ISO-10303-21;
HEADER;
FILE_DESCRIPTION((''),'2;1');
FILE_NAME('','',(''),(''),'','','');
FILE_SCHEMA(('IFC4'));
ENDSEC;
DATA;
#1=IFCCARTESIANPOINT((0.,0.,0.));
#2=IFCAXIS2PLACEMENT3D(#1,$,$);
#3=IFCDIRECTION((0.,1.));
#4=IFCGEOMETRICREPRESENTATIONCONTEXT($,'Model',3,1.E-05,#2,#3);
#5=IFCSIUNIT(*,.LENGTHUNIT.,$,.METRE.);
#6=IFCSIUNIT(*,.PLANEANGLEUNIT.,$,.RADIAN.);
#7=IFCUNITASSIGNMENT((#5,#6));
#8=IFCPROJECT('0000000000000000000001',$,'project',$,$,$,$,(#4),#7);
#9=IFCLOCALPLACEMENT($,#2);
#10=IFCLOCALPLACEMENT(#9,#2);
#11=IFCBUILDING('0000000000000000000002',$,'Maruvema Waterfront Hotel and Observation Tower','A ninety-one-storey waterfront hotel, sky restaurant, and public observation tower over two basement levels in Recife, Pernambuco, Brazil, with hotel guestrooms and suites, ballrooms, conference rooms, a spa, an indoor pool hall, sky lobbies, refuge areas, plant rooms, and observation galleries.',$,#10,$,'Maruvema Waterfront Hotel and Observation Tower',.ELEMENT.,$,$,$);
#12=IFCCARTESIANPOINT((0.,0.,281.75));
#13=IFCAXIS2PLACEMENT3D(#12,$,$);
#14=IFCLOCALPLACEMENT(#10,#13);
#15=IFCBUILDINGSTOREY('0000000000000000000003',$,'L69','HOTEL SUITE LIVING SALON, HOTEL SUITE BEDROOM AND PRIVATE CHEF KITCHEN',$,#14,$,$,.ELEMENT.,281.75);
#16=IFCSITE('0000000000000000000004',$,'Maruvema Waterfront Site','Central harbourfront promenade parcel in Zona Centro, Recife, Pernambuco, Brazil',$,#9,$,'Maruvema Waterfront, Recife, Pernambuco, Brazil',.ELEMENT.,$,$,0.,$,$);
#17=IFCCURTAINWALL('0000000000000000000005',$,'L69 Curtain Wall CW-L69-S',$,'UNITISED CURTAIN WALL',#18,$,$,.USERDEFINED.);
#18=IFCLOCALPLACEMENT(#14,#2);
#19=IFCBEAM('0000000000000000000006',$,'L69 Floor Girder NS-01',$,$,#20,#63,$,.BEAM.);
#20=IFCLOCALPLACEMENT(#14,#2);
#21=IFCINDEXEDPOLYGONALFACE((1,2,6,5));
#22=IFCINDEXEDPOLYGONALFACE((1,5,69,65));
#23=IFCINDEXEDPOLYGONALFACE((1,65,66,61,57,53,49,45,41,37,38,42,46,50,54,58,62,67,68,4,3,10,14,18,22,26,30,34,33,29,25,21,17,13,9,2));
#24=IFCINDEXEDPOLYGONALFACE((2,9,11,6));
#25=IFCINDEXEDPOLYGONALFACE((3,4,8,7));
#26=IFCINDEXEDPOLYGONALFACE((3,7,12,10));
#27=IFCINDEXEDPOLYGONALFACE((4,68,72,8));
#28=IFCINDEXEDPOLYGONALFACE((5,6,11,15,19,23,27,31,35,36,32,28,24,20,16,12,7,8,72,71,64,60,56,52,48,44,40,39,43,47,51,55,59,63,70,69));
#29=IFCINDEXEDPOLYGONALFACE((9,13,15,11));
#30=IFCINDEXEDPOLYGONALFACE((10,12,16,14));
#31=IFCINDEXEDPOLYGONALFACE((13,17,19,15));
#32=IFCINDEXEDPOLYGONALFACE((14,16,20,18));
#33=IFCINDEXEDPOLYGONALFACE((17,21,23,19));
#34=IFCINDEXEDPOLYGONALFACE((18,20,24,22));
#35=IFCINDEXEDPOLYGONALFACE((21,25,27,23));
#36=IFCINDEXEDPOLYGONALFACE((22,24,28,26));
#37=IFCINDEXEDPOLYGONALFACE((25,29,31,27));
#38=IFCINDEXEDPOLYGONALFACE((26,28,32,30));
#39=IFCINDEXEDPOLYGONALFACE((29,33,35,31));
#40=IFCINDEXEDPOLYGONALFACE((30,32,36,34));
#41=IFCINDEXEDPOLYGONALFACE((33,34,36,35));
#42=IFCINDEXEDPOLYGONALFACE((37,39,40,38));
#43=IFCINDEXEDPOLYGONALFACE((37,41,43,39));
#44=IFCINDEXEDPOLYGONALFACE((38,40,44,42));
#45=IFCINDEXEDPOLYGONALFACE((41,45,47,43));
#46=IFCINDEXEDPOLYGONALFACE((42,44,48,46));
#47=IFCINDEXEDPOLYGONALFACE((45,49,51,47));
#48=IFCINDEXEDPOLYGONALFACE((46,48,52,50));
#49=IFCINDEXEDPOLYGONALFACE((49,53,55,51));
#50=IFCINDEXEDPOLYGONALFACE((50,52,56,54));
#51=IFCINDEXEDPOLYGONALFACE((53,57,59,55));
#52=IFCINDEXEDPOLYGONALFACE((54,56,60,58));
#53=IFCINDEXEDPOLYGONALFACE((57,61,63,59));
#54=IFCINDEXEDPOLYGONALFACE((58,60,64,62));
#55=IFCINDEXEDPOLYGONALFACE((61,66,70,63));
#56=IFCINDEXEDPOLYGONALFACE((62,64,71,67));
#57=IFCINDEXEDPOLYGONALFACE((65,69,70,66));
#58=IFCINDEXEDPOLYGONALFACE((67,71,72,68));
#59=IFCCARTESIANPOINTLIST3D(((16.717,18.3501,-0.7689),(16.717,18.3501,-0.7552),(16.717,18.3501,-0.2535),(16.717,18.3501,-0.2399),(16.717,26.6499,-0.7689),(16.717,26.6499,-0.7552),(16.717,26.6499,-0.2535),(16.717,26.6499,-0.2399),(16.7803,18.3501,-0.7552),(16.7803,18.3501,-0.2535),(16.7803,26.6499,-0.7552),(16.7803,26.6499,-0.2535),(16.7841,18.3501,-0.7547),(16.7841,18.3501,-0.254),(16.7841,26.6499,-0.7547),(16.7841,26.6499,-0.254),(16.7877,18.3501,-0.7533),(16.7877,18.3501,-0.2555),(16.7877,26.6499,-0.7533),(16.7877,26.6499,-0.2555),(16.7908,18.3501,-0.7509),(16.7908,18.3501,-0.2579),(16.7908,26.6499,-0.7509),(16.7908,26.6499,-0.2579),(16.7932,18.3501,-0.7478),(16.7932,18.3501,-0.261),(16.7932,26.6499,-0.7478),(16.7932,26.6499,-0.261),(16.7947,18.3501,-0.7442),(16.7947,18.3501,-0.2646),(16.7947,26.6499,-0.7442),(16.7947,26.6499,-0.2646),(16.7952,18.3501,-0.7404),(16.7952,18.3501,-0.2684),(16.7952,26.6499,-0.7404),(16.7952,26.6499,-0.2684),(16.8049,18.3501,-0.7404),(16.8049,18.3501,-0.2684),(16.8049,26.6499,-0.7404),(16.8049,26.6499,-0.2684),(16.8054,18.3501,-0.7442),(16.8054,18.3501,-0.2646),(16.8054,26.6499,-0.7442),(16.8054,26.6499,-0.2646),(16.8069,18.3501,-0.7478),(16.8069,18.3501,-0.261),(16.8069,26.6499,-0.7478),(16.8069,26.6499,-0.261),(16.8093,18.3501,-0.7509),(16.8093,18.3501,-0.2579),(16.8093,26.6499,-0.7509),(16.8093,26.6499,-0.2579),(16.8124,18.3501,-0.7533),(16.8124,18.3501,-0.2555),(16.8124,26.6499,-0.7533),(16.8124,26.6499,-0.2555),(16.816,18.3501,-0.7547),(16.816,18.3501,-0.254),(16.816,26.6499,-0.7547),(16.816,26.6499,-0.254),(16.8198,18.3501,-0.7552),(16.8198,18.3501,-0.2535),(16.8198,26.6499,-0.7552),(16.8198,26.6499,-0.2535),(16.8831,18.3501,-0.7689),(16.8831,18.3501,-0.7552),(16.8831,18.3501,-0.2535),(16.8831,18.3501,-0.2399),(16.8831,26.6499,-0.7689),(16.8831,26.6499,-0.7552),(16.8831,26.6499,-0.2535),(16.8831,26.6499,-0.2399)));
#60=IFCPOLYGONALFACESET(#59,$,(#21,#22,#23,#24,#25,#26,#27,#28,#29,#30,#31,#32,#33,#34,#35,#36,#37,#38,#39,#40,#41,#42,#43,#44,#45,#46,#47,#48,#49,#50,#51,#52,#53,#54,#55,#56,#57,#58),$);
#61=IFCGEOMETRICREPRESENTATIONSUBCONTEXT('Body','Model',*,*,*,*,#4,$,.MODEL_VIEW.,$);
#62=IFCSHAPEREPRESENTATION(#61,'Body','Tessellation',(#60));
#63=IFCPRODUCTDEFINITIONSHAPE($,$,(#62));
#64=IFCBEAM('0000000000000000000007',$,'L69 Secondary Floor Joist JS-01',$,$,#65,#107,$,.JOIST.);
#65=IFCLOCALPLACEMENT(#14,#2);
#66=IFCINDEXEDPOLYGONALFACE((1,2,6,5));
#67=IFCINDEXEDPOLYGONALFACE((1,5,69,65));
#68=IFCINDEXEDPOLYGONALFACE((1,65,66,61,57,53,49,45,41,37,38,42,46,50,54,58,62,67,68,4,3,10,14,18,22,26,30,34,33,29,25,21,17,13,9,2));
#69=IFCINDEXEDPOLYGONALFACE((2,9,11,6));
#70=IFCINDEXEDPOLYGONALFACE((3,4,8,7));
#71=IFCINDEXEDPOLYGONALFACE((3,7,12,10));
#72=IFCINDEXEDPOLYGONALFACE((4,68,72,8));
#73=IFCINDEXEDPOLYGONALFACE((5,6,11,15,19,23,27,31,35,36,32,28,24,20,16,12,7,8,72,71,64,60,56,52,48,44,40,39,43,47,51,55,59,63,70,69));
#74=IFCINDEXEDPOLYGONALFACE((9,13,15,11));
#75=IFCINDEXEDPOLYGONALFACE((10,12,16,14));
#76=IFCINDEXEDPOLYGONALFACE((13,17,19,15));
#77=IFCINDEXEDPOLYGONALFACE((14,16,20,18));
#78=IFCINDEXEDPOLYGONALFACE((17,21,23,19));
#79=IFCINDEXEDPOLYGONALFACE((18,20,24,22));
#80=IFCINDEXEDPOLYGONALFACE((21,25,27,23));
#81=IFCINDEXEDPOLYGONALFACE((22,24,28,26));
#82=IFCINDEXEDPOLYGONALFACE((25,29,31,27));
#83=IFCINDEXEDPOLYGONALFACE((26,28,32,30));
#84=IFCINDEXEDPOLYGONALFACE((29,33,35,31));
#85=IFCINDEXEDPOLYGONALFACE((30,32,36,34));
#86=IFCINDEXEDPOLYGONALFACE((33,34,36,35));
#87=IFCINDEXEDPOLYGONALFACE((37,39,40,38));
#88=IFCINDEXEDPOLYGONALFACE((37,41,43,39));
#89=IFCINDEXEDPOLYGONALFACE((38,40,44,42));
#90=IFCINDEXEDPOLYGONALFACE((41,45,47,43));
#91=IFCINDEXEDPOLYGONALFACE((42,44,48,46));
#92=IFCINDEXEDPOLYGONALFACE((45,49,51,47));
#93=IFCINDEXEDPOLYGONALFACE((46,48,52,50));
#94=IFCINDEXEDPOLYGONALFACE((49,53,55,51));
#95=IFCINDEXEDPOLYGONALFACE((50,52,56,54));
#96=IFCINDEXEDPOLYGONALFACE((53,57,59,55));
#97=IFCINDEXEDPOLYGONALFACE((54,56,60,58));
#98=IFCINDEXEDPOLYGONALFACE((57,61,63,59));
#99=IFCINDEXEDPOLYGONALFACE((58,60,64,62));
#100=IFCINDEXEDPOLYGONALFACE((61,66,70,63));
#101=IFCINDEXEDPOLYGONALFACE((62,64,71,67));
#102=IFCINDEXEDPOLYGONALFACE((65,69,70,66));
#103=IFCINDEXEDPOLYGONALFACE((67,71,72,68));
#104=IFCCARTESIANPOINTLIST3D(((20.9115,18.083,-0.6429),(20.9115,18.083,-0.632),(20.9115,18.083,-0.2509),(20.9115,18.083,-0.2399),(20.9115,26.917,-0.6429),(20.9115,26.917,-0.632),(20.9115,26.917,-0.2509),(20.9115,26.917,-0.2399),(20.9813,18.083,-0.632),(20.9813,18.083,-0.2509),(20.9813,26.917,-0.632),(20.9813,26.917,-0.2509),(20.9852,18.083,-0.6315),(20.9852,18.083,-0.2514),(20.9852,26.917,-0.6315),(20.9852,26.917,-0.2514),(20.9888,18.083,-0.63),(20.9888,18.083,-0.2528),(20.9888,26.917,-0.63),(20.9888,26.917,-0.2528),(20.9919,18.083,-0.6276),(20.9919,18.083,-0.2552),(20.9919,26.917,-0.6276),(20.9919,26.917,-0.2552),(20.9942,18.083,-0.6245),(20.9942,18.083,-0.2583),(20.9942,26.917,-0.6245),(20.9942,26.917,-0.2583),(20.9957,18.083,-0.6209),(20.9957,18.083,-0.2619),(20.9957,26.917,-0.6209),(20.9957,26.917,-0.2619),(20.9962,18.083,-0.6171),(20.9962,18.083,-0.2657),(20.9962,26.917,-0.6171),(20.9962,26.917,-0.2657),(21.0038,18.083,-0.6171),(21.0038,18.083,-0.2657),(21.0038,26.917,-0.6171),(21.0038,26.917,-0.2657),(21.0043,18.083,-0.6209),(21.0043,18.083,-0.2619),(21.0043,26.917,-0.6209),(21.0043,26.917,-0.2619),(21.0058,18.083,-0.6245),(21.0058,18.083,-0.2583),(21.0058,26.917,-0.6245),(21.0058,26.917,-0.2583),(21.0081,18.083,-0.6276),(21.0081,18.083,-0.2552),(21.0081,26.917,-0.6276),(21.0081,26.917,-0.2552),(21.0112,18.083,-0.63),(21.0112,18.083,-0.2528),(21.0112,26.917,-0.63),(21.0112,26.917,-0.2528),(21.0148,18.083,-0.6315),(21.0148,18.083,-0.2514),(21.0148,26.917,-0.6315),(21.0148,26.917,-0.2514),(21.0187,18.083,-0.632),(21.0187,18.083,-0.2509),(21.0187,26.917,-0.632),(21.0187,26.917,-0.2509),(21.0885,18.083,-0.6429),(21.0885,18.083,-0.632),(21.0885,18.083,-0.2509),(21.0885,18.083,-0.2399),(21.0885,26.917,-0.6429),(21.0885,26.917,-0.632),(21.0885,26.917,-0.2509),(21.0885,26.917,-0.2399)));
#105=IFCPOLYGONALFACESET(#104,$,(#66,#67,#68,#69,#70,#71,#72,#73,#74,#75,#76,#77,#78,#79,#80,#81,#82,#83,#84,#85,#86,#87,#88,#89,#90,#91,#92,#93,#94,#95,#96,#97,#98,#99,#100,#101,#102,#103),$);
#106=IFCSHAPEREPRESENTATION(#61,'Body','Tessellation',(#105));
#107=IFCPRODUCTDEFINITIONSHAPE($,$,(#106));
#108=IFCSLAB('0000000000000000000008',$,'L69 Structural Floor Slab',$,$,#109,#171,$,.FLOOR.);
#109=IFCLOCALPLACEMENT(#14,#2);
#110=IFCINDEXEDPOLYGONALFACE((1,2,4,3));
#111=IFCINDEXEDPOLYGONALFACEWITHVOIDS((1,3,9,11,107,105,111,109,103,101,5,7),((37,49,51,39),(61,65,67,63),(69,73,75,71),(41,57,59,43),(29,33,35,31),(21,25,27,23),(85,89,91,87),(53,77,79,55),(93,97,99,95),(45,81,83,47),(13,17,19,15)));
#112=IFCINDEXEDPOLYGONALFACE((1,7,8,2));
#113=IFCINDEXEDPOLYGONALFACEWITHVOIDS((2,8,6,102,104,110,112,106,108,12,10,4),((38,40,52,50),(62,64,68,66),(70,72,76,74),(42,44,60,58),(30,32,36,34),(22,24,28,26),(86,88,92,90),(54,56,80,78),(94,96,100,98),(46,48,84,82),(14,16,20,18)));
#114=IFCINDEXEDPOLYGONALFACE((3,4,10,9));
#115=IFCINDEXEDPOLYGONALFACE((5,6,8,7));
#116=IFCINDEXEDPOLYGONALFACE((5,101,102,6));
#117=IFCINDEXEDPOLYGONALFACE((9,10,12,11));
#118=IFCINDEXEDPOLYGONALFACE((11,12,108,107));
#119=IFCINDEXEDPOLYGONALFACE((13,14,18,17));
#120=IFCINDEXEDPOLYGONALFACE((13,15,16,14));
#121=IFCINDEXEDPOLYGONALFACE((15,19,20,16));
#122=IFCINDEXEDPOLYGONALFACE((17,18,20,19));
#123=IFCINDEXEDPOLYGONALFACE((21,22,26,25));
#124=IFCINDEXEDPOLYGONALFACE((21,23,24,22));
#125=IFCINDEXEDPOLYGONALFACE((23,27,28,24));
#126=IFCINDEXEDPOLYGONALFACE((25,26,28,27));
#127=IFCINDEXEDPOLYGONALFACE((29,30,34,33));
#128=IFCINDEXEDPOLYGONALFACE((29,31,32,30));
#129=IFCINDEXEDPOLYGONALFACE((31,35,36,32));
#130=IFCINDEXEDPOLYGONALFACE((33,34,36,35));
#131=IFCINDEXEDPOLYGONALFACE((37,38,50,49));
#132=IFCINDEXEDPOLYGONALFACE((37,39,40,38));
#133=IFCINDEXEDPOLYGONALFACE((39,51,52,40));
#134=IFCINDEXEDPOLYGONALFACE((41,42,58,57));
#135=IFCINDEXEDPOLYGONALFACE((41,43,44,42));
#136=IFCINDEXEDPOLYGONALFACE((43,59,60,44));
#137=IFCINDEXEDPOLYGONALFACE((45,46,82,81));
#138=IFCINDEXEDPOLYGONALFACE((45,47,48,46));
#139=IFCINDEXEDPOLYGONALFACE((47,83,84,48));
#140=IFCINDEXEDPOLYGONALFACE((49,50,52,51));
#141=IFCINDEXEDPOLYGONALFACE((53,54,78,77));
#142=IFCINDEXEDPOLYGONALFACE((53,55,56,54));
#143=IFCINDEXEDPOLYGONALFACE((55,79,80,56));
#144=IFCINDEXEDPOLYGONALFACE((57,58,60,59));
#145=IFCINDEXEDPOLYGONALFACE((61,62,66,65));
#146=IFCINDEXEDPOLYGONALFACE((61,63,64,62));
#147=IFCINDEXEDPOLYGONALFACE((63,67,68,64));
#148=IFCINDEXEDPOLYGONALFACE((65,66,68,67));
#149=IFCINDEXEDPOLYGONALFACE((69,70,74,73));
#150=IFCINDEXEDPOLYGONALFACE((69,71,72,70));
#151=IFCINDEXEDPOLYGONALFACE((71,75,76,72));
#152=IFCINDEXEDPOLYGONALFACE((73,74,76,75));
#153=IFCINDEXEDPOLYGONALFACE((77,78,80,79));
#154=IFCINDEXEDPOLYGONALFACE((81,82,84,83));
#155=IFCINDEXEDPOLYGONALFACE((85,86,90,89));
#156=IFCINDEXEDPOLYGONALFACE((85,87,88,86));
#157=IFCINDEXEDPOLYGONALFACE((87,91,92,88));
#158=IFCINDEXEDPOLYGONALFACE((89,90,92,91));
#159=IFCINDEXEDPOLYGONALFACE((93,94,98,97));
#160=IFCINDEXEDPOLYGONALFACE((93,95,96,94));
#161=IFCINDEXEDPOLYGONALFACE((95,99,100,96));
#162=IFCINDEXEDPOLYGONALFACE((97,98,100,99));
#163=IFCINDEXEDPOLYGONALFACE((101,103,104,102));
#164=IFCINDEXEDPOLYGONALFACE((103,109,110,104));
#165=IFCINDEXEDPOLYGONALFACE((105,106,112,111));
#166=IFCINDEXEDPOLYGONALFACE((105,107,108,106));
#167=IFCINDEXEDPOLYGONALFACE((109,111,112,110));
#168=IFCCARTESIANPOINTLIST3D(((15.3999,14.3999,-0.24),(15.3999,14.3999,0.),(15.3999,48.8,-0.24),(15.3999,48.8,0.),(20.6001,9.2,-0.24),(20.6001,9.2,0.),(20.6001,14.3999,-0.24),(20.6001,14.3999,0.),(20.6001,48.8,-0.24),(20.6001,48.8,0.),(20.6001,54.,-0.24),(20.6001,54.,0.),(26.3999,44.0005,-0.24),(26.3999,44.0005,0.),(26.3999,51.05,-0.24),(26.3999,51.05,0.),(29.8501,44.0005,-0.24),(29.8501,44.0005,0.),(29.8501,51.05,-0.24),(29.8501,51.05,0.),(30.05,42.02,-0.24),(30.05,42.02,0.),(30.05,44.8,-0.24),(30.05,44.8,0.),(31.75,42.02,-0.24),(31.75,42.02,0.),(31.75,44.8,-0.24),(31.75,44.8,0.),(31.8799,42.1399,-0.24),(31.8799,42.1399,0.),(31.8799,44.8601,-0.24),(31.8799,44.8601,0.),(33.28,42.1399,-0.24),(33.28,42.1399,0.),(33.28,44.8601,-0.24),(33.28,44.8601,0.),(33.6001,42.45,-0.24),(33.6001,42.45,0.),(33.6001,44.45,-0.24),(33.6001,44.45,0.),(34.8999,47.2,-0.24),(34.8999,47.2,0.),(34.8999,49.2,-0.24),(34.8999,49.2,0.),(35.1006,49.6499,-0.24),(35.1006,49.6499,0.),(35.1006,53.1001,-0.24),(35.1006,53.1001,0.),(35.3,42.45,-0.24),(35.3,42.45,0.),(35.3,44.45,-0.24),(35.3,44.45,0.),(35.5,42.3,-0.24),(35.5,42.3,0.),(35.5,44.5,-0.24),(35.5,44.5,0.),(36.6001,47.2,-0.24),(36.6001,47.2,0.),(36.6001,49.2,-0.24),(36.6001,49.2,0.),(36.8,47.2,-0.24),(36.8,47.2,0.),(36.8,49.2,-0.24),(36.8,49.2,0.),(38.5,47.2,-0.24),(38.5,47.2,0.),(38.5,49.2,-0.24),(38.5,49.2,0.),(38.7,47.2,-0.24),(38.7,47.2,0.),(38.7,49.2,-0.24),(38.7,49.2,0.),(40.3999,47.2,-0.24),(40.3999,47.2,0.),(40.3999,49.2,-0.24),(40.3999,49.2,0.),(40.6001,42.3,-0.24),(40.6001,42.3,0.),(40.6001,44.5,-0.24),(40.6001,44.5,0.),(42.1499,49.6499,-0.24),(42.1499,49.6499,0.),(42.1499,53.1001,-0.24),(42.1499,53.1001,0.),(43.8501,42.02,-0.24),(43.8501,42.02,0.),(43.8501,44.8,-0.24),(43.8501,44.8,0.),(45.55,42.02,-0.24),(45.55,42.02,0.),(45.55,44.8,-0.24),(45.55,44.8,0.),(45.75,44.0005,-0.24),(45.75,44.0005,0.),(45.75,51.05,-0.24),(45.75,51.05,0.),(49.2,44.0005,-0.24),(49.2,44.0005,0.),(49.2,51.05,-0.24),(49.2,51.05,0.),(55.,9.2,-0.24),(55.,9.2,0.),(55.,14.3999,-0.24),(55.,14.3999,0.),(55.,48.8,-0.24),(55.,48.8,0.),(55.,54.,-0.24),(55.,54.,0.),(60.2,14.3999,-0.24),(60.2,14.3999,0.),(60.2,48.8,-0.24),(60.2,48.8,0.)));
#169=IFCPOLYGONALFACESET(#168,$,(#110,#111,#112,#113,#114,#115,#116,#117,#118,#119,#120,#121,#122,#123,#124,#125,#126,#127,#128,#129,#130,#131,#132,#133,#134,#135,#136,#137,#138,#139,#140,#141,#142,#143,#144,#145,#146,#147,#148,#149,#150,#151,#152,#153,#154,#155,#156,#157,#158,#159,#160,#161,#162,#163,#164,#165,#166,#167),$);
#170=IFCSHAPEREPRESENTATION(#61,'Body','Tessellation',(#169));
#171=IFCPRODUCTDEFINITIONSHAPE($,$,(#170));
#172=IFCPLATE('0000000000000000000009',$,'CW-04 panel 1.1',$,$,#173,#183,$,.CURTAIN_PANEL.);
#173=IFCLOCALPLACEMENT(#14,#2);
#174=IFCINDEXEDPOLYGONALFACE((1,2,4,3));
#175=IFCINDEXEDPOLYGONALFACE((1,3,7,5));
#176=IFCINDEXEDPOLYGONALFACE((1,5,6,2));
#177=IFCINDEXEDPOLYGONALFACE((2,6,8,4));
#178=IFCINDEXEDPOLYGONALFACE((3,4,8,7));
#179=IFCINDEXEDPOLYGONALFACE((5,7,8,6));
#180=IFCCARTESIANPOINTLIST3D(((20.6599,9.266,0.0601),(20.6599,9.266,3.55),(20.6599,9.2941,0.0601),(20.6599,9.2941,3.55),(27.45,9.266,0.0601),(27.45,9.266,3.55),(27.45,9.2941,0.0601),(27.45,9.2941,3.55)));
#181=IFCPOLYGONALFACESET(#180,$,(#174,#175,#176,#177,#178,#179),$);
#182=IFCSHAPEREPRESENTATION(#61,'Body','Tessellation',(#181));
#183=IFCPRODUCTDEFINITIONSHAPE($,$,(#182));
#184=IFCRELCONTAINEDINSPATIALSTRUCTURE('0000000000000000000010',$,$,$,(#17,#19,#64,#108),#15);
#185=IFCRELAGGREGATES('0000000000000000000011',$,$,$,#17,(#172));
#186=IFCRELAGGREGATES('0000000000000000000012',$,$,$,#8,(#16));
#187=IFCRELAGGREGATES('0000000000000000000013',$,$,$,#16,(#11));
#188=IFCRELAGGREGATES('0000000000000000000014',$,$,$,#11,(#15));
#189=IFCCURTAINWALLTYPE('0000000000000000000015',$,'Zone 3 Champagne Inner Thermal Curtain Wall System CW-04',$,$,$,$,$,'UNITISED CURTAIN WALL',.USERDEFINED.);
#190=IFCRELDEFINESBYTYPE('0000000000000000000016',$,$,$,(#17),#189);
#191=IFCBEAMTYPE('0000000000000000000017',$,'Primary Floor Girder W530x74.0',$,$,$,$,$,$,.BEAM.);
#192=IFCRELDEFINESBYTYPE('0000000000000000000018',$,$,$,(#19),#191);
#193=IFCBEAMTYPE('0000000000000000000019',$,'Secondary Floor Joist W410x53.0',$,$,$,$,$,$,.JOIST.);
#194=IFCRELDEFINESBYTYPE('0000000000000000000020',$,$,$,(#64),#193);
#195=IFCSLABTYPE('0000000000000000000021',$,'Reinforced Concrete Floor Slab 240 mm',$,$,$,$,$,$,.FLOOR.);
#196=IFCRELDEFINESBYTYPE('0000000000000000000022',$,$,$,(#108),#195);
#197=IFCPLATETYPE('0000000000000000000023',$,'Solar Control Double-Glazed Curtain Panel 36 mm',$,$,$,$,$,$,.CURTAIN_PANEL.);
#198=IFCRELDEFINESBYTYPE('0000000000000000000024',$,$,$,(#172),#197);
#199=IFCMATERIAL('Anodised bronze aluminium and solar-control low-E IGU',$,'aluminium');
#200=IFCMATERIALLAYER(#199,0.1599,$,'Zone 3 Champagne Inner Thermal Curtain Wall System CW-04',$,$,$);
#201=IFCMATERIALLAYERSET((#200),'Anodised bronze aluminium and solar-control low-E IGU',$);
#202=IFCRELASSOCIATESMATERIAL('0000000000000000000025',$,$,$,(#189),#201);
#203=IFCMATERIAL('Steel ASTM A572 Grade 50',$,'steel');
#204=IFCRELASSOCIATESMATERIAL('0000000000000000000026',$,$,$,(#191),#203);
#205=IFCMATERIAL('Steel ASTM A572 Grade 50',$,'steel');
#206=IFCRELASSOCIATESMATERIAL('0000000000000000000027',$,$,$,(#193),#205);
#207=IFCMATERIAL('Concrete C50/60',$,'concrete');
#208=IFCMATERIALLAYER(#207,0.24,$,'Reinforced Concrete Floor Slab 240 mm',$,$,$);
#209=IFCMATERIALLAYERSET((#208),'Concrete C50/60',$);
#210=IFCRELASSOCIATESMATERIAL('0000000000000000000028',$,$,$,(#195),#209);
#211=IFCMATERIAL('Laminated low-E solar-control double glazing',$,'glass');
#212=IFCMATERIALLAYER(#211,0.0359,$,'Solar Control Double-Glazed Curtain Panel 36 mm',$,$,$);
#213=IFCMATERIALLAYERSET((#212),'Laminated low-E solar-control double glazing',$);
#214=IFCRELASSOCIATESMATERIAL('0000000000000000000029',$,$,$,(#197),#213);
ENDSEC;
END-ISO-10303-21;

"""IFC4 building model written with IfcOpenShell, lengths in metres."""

from ifc_helpers import new_model, si_unit, direction, frame, origin, origin_2d, place, context, subcontext, project, spatial, polyline, rectangle, i_section, outline, extrude, material, layer, layer_set, material_profile, profile_set, type_object, element, aggregate, save


model = new_model("IFC4")

# Units and contexts
model_context = context("Model", 3, precision=1e-05, world=origin(), true_north=direction((0.0, 1.0)))
body_context = subcontext(model_context, "Body", "Model", "MODEL_VIEW")
ifc_project = project(units=[si_unit("LENGTHUNIT", "METRE"), si_unit("PLANEANGLEUNIT", "RADIAN")], contexts=[model_context])

# Site, building, storey
site_placement = place(None, origin())
site = spatial("IfcSite", under=ifc_project, at=site_placement, Name="Maruvema Waterfront Site", Description="Central harbourfront promenade parcel in Zona Centro, Recife, Pernambuco, Brazil", LongName="Maruvema Waterfront, Recife, Pernambuco, Brazil", CompositionType="ELEMENT", RefElevation=0.0)
building_placement = place(site_placement, origin())
building = spatial("IfcBuilding", under=site, at=building_placement, Name="Maruvema Waterfront Hotel and Observation Tower", Description="A ninety-one-storey waterfront hotel, sky restaurant, and public observation tower over two basement levels in Recife, Pernambuco, Brazil, with hotel guestrooms and suites, ballrooms, conference rooms, a spa, an indoor pool hall, sky lobbies, refuge areas, plant rooms, and observation galleries.", LongName="Maruvema Waterfront Hotel and Observation Tower", CompositionType="ELEMENT")
storey_placement = place(building_placement, frame((0.0, 0.0, 281.75)))
storey = spatial("IfcBuildingStorey", under=building, at=storey_placement, Name="L69", Description="HOTEL SUITE LIVING SALON, HOTEL SUITE BEDROOM AND PRIVATE CHEF KITCHEN", CompositionType="ELEMENT", Elevation=281.75)

# Curtain wall
ifc_material_1 = material(Name="Anodised bronze aluminium and solar-control low-E IGU", Category="aluminium")
ifc_layer_1 = layer(ifc_material_1, 0.1599, Name="Zone 3 Champagne Inner Thermal Curtain Wall System CW-04")
ifc_layer_set_1 = layer_set([ifc_layer_1], Name="Anodised bronze aluminium and solar-control low-E IGU")
curtain_wall_type = type_object("IfcCurtainWallType", Name="Zone 3 Champagne Inner Thermal Curtain Wall System CW-04", ElementType="UNITISED CURTAIN WALL", PredefinedType="USERDEFINED", material=ifc_layer_set_1)
curtain_wall_1_placement = place(storey_placement, origin())
curtain_wall_1 = element("IfcCurtainWall", 1, at=curtain_wall_1_placement, inside=storey, type_object=curtain_wall_type, Name="L69 Curtain Wall CW-L69-S", ObjectType="UNITISED CURTAIN WALL", PredefinedType="USERDEFINED")

# Beams
ifc_material_2 = material(Name="Steel ASTM A572 Grade 50", Category="steel")
ifc_material_profile_1 = material_profile(ifc_material_2, i_section(OverallWidth=0.166, OverallDepth=0.5291, WebThickness=0.0098, FlangeThickness=0.0137, FilletRadius=0.0149, at=origin_2d()), Name="W530x74.0")
ifc_profile_set_1 = profile_set([ifc_material_profile_1], Name="Steel ASTM A572 Grade 50")
beam_type_1 = type_object("IfcBeamType", Name="Primary Floor Girder W530x74.0", PredefinedType="BEAM", material=ifc_profile_set_1)
beam_1_placement = place(storey_placement, frame((16.8, 18.3501, -0.5044), z_axis=(0.0, 1.0, 0.0), x_axis=(-1.0, 0.0, 0.0)))
element("IfcBeam", 2, at=beam_1_placement, inside=storey, type_object=beam_type_1, Name="L69 Floor Girder NS-01", PredefinedType="BEAM", context=body_context, shape_type="SweptSolid", body=[
    extrude(i_section(OverallWidth=0.166, OverallDepth=0.5291, WebThickness=0.0098, FlangeThickness=0.0137, FilletRadius=0.0149, at=origin_2d()), origin(), (0.0, 0.0, 1.0), 8.2998),
])
ifc_material_3 = material(Name="Steel ASTM A572 Grade 50", Category="steel")
ifc_material_profile_2 = material_profile(ifc_material_3, i_section(OverallWidth=0.177, OverallDepth=0.4031, WebThickness=0.0076, FlangeThickness=0.011, FilletRadius=0.0149, at=origin_2d()), Name="W410x53.0")
ifc_profile_set_2 = profile_set([ifc_material_profile_2], Name="Steel ASTM A572 Grade 50")
beam_type_2 = type_object("IfcBeamType", Name="Secondary Floor Joist W410x53.0", PredefinedType="JOIST", material=ifc_profile_set_2)
beam_2_placement = place(storey_placement, frame((21.0, 18.083, -0.4414), z_axis=(0.0, 1.0, 0.0), x_axis=(-1.0, 0.0, 0.0)))
element("IfcBeam", 3, at=beam_2_placement, inside=storey, type_object=beam_type_2, Name="L69 Secondary Floor Joist JS-01", PredefinedType="JOIST", context=body_context, shape_type="SweptSolid", body=[
    extrude(i_section(OverallWidth=0.177, OverallDepth=0.4031, WebThickness=0.0076, FlangeThickness=0.011, FilletRadius=0.0149, at=origin_2d()), origin(), (0.0, 0.0, 1.0), 8.834),
])

# Slab
ifc_material_4 = material(Name="Concrete C50/60", Category="concrete")
ifc_layer_2 = layer(ifc_material_4, 0.24, Name="Reinforced Concrete Floor Slab 240 mm")
ifc_layer_set_2 = layer_set([ifc_layer_2], Name="Concrete C50/60")
slab_type_1 = type_object("IfcSlabType", Name="Reinforced Concrete Floor Slab 240 mm", PredefinedType="FLOOR", material=ifc_layer_set_2)
slab_1_placement = place(storey_placement, frame((0.0, 0.0, -0.24)))
element("IfcSlab", 4, at=slab_1_placement, inside=storey, type_object=slab_type_1, Name="L69 Structural Floor Slab", PredefinedType="FLOOR", context=body_context, shape_type="SweptSolid", body=[
    extrude(outline(polyline([(20.6001, 9.2), (55.0, 9.2), (55.0, 14.3999), (60.2, 14.3999), (60.2, 48.8), (55.0, 48.8), (55.0, 54.0), (20.6001, 54.0), (20.6001, 48.8), (15.3999, 48.8), (15.3999, 14.3999), (20.6001, 14.3999), (20.6001, 9.2)]), holes=[polyline([(26.3999, 44.0005), (26.3999, 51.05), (29.8501, 51.05), (29.8501, 44.0005), (26.3999, 44.0005)]), polyline([(30.05, 44.8), (31.75, 44.8), (31.75, 42.02), (30.05, 42.02), (30.05, 44.8)]), polyline([(31.8799, 42.1399), (31.8799, 44.8601), (33.28, 44.8601), (33.28, 42.1399), (31.8799, 42.1399)]), polyline([(33.6001, 44.45), (35.3, 44.45), (35.3, 42.45), (33.6001, 42.45), (33.6001, 44.45)]), polyline([(34.8999, 49.2), (36.6001, 49.2), (36.6001, 47.2), (34.8999, 47.2), (34.8999, 49.2)]), polyline([(36.8, 47.2), (36.8, 49.2), (38.5, 49.2), (38.5, 47.2), (36.8, 47.2)]), polyline([(35.5, 42.3), (35.5, 44.5), (40.6001, 44.5), (40.6001, 42.3), (35.5, 42.3)]), polyline([(35.1006, 53.1001), (42.1499, 53.1001), (42.1499, 49.6499), (35.1006, 49.6499), (35.1006, 53.1001)]), polyline([(38.7, 49.2), (40.3999, 49.2), (40.3999, 47.2), (38.7, 47.2), (38.7, 49.2)]), polyline([(43.8501, 44.8), (45.55, 44.8), (45.55, 42.02), (43.8501, 42.02), (43.8501, 44.8)]), polyline([(45.75, 44.0005), (45.75, 51.05), (49.2, 51.05), (49.2, 44.0005), (45.75, 44.0005)])]), origin(), (0.0, 0.0, 1.0), 0.24),
])

# Plate
ifc_material_5 = material(Name="Laminated low-E solar-control double glazing", Category="glass")
ifc_layer_3 = layer(ifc_material_5, 0.0359, Name="Solar Control Double-Glazed Curtain Panel 36 mm")
ifc_layer_set_3 = layer_set([ifc_layer_3], Name="Laminated low-E solar-control double glazing")
plate_type = type_object("IfcPlateType", Name="Solar Control Double-Glazed Curtain Panel 36 mm", PredefinedType="CURTAIN_PANEL", material=ifc_layer_set_3)
plate_1_placement = place(storey_placement, frame((24.0549, 9.28, 0.0601), z_axis=(0.0, 0.0, 1.0), x_axis=(1.0, 0.0, 0.0)))
plate_1 = element("IfcPlate", 5, at=plate_1_placement, type_object=plate_type, Name="CW-04 panel 1.1", PredefinedType="CURTAIN_PANEL", context=body_context, shape_type="SweptSolid", body=[
    extrude(rectangle(XDim=6.79, YDim=0.0281, at=origin_2d()), origin(), (0.0, 0.0, 1.0), 3.49),
])
aggregate(curtain_wall_1, [plate_1])

save(model, "model.ifc")
